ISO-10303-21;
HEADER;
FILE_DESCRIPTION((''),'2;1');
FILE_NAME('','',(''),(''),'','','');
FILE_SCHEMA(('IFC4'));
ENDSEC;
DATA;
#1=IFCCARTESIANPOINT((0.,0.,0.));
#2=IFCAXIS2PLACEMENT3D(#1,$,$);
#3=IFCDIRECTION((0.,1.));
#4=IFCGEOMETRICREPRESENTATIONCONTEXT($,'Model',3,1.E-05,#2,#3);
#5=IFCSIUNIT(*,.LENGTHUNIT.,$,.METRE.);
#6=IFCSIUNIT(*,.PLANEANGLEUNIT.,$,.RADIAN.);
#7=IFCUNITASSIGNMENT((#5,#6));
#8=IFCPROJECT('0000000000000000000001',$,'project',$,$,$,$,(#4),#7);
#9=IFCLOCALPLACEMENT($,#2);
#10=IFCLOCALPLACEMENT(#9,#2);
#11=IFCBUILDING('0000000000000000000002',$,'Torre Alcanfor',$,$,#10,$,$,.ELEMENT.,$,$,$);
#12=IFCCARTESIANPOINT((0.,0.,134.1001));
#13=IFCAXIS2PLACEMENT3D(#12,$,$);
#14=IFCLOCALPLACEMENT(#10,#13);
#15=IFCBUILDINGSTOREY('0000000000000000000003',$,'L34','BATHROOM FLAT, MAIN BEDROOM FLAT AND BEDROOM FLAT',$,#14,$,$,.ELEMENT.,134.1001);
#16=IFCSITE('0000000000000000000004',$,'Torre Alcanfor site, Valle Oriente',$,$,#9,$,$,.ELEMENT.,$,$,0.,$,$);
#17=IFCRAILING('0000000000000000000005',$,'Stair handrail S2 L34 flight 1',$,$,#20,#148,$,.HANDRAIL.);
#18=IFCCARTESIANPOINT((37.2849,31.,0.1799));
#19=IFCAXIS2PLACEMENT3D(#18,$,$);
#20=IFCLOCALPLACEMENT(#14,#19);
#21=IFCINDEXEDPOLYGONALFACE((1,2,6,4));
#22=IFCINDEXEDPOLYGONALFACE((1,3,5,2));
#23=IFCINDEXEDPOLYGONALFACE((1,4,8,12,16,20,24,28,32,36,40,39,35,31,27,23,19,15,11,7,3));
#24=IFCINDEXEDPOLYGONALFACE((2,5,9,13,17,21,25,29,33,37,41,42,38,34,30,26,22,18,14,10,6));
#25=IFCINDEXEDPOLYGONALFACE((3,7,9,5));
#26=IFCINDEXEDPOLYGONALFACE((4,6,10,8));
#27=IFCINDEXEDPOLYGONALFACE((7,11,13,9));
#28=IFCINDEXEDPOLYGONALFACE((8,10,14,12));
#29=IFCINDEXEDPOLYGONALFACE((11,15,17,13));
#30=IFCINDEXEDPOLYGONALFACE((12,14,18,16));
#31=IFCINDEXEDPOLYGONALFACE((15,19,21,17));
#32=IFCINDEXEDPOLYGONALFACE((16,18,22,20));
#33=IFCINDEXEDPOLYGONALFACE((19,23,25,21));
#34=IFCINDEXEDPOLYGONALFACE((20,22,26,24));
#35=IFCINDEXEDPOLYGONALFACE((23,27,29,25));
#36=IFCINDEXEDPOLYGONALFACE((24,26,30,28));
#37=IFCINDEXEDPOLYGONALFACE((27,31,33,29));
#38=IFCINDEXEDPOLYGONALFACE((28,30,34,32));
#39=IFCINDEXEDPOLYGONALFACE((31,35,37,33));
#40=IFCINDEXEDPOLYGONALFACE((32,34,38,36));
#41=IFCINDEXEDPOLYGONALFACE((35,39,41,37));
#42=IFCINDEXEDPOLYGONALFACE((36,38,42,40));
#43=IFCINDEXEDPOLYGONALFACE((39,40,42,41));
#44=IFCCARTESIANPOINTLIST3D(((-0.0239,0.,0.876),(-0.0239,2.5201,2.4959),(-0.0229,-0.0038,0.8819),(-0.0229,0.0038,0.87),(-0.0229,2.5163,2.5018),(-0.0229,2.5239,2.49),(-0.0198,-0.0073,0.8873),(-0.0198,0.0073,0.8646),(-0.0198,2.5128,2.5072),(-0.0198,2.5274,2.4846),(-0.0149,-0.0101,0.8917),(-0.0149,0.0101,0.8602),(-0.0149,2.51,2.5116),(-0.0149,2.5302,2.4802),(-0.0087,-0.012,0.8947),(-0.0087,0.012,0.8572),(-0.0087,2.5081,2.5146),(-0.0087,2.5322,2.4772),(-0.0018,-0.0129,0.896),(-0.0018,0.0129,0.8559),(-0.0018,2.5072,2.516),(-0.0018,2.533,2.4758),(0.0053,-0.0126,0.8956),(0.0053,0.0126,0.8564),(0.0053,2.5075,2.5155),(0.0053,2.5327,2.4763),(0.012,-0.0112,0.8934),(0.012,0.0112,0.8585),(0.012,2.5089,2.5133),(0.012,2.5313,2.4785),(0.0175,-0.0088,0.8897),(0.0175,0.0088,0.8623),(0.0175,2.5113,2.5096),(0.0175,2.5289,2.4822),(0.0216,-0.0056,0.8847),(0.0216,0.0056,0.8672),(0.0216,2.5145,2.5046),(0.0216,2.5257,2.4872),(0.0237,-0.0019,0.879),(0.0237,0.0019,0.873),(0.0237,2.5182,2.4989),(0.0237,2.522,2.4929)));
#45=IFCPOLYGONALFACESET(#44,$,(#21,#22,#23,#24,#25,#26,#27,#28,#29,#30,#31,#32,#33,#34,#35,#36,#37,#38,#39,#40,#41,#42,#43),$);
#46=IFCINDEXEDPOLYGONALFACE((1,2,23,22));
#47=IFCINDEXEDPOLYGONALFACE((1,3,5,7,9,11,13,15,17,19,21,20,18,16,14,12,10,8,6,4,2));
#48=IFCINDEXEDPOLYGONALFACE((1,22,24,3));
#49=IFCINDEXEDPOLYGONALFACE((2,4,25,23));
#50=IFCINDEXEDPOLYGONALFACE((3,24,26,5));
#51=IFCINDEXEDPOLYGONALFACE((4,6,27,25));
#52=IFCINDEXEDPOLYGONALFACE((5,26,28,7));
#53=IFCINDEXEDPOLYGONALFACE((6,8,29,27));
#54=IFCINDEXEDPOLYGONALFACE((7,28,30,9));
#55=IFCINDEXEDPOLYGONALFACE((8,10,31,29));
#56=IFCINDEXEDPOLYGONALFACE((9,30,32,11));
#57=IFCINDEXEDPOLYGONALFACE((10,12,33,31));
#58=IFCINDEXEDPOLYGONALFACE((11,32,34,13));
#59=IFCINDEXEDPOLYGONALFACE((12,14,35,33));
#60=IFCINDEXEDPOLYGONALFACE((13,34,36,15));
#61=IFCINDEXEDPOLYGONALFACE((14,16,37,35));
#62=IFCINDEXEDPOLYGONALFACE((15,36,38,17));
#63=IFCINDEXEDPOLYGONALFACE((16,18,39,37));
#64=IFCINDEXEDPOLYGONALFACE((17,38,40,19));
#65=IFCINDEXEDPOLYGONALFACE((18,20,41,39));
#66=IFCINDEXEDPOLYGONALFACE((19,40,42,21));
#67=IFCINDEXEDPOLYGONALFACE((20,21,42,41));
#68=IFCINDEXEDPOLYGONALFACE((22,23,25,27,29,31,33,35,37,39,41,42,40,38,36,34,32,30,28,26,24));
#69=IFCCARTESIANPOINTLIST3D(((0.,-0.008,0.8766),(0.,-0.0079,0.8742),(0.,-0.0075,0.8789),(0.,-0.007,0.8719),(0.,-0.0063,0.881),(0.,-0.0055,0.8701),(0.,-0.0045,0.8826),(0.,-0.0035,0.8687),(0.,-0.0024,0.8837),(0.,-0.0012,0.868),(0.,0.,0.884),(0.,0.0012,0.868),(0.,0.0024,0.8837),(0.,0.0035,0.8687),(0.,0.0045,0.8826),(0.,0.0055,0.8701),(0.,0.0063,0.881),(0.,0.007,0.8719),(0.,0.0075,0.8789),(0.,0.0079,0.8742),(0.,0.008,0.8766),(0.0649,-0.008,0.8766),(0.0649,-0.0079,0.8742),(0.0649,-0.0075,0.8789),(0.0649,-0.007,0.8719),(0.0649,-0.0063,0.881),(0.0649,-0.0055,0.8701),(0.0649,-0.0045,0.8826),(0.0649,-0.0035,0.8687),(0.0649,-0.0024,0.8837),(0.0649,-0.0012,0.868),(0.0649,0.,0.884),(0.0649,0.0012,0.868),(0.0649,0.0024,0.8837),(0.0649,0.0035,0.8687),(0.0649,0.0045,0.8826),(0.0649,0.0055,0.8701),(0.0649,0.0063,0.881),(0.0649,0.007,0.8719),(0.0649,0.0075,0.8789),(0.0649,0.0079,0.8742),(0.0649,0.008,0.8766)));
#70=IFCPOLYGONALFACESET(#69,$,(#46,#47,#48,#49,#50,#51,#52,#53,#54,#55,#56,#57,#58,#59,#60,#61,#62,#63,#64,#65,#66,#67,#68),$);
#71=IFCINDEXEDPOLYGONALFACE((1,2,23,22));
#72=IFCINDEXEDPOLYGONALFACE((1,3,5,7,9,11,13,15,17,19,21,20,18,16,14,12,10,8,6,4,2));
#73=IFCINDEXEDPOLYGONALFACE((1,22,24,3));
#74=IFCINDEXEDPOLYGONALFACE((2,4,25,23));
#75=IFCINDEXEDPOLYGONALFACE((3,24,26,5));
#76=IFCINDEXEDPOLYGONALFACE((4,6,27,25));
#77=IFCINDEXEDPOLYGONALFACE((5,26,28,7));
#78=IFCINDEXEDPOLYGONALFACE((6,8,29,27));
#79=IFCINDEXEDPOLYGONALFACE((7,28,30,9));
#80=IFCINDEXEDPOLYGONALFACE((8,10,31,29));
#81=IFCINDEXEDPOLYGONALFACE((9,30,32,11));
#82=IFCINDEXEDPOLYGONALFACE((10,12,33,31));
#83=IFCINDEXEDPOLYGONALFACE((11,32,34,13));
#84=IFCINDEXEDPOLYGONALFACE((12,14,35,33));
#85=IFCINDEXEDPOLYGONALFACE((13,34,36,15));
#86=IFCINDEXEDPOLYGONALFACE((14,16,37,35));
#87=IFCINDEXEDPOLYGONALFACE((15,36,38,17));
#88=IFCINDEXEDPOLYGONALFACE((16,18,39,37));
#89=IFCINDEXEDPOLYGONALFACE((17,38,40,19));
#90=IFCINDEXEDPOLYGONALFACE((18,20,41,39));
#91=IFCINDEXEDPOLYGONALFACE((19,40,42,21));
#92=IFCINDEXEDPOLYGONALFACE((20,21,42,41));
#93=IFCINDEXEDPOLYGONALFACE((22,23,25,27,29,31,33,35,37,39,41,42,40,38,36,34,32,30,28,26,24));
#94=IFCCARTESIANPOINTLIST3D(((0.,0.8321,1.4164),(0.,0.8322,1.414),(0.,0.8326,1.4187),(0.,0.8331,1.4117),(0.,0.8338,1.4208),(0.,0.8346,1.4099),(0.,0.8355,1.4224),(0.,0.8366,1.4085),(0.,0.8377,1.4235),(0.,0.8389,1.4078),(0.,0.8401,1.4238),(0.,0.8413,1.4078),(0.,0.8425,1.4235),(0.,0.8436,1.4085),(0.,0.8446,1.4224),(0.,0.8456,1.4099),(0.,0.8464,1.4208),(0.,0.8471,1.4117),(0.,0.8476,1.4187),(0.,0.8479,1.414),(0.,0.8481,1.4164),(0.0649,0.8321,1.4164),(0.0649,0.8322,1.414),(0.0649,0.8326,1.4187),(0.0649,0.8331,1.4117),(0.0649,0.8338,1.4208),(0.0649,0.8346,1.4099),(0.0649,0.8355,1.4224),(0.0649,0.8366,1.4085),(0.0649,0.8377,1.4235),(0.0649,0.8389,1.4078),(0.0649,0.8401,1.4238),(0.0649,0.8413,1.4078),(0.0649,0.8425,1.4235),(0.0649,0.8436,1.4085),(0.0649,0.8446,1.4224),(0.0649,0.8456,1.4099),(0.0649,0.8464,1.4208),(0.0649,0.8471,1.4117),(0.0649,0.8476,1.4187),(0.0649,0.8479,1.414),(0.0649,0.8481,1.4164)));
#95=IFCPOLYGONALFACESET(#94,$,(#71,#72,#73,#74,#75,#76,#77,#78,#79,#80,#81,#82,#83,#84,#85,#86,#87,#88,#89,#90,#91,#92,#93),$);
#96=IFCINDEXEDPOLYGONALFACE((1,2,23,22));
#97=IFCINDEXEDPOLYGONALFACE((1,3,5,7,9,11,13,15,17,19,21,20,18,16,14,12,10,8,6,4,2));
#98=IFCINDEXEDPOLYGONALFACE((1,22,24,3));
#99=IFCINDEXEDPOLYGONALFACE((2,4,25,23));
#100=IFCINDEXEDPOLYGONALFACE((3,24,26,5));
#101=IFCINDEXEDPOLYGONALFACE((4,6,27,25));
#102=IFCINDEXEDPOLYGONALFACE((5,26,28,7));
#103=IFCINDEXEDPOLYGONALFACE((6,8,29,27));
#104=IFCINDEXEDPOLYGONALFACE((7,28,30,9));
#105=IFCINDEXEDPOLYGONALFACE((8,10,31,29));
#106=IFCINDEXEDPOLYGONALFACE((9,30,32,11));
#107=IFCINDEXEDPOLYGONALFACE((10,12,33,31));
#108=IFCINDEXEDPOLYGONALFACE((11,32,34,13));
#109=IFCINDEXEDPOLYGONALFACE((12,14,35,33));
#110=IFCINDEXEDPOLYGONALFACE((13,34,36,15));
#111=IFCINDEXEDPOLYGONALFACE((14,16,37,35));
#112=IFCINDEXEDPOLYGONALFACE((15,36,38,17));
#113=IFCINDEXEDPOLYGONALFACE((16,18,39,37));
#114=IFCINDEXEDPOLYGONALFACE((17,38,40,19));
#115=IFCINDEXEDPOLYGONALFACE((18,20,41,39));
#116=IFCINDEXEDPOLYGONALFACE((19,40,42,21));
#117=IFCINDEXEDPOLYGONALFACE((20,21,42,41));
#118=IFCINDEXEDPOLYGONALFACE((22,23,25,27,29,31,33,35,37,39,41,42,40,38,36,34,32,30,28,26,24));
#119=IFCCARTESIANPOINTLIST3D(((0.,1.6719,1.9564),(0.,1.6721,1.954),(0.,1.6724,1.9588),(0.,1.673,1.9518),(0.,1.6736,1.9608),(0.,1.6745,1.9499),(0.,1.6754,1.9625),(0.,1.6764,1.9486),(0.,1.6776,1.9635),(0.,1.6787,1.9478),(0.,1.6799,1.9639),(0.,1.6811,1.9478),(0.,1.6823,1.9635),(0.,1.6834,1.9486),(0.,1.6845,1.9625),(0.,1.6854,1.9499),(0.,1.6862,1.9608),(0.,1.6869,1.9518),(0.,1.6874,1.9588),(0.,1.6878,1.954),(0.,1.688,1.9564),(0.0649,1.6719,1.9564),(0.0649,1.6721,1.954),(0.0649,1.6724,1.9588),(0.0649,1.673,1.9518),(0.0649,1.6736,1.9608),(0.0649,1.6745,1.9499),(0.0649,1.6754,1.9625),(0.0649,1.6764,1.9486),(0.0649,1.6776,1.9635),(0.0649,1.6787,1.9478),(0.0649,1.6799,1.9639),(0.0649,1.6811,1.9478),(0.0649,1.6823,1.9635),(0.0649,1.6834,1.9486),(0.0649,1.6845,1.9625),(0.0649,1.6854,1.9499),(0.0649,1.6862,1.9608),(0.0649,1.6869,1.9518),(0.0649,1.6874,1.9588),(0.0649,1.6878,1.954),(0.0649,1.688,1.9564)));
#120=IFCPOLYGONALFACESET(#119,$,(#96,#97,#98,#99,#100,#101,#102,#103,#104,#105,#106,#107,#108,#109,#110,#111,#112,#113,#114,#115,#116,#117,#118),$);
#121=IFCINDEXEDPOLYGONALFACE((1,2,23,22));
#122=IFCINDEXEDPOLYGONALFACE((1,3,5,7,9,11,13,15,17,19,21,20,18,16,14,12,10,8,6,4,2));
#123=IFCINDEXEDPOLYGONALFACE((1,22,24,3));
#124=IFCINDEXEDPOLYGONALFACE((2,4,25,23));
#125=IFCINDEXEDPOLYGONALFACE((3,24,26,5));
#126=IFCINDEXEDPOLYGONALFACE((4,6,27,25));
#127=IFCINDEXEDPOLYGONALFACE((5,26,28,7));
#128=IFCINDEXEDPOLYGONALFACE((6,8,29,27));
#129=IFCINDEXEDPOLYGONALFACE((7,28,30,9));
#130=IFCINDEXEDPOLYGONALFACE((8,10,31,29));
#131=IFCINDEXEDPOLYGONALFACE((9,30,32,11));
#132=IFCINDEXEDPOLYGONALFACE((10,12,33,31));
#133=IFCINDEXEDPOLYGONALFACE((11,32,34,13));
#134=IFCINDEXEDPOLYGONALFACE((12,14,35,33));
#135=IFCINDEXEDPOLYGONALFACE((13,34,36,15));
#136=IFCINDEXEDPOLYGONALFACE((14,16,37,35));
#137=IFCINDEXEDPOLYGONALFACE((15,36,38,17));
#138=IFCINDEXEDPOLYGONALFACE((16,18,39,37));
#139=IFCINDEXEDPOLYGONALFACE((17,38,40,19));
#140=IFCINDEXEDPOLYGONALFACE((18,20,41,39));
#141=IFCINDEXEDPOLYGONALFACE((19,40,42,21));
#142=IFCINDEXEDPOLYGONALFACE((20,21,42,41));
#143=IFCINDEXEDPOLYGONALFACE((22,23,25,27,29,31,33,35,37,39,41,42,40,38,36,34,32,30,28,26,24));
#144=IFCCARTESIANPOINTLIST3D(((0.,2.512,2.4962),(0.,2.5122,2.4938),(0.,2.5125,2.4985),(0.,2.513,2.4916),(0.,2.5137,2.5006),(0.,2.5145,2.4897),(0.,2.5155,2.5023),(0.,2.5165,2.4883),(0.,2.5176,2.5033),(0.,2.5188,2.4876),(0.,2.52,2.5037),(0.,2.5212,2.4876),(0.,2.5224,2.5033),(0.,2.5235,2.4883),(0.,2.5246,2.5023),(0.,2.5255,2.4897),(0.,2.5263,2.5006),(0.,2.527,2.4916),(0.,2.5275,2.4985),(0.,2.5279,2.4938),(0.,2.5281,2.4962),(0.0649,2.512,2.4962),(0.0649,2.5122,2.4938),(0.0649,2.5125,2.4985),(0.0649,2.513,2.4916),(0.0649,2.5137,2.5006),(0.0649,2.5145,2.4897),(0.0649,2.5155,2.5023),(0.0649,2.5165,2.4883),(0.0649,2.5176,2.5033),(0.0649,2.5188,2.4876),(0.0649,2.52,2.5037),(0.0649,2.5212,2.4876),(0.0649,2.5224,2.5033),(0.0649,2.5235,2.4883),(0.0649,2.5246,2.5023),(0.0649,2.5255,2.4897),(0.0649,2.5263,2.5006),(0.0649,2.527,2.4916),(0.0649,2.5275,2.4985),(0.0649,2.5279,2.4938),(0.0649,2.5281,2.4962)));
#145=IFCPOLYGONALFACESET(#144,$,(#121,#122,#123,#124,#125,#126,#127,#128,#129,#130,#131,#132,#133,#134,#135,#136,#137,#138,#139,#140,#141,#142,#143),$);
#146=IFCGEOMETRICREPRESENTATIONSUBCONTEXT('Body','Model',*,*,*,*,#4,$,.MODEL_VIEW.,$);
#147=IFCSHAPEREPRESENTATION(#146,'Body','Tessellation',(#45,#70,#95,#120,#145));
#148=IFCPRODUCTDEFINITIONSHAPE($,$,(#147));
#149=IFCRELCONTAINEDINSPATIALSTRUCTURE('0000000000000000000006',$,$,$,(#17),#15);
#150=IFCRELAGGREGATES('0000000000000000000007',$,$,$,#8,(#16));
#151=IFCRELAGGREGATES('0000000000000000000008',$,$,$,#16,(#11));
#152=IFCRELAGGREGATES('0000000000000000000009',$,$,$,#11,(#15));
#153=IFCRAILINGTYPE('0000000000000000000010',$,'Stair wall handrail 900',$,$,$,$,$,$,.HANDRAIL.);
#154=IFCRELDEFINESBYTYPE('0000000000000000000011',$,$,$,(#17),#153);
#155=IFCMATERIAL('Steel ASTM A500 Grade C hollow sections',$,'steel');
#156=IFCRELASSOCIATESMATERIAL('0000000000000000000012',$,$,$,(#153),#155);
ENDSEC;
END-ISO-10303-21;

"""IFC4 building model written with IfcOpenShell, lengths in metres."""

from ifc_helpers import new_model, si_unit, direction, frame, origin, origin_2d, place, context, subcontext, project, spatial, circle, extrude, material, type_object, element, save


model = new_model("IFC4")

# Units and contexts
model_context = context("Model", 3, precision=1e-05, world=origin(), true_north=direction((0.0, 1.0)))
body_context = subcontext(model_context, "Body", "Model", "MODEL_VIEW")
ifc_project = project(units=[si_unit("LENGTHUNIT", "METRE"), si_unit("PLANEANGLEUNIT", "RADIAN")], contexts=[model_context])

# Site, building, storey
site_placement = place(None, origin())
site = spatial("IfcSite", under=ifc_project, at=site_placement, Name="Torre Alcanfor site, Valle Oriente", CompositionType="ELEMENT", RefElevation=0.0)
building_placement = place(site_placement, origin())
building = spatial("IfcBuilding", under=site, at=building_placement, Name="Torre Alcanfor", CompositionType="ELEMENT")
storey_placement = place(building_placement, frame((0.0, 0.0, 134.1001)))
storey = spatial("IfcBuildingStorey", under=building, at=storey_placement, Name="L34", Description="BATHROOM FLAT, MAIN BEDROOM FLAT AND BEDROOM FLAT", CompositionType="ELEMENT", Elevation=134.1001)

# Railing
ifc_material_1 = material(Name="Steel ASTM A500 Grade C hollow sections", Category="steel")
railing_type_1 = type_object("IfcRailingType", Name="Stair wall handrail 900", PredefinedType="HANDRAIL", material=ifc_material_1)
railing_1_placement = place(storey_placement, frame((37.2849, 31.0, 0.1799)))
element("IfcRailing", 1, at=railing_1_placement, inside=storey, type_object=railing_type_1, Name="Stair handrail S2 L34 flight 1", PredefinedType="HANDRAIL", context=body_context, shape_type="SweptSolid", body=[
    extrude(circle(Radius=0.0239, at=origin_2d()), frame((0.0, 0.0, 0.876), z_axis=(0.0, 0.8412, 0.540725), x_axis=(-1.0, 0.0, 0.0)), (0.0, 0.0, 1.0), 2.9958),
    extrude(circle(Radius=0.0081, at=origin_2d()), frame((0.0, 0.0, 0.876), z_axis=(1.0, 0.0, 0.0), x_axis=(0.0, 0.0, 1.0)), (0.0, 0.0, 1.0), 0.0649),
    extrude(circle(Radius=0.0081, at=origin_2d()), frame((0.0, 0.8401, 1.4158), z_axis=(1.0, 0.0, 0.0), x_axis=(0.0, 0.0, 1.0)), (0.0, 0.0, 1.0), 0.0649),
    extrude(circle(Radius=0.0081, at=origin_2d()), frame((0.0, 1.6799, 1.9558), z_axis=(1.0, 0.0, 0.0), x_axis=(0.0, 0.0, 1.0)), (0.0, 0.0, 1.0), 0.0649),
    extrude(circle(Radius=0.0081, at=origin_2d()), frame((0.0, 2.52, 2.4956), z_axis=(1.0, 0.0, 0.0), x_axis=(0.0, 0.0, 1.0)), (0.0, 0.0, 1.0), 0.0649),
])

save(model, "model.ifc")
